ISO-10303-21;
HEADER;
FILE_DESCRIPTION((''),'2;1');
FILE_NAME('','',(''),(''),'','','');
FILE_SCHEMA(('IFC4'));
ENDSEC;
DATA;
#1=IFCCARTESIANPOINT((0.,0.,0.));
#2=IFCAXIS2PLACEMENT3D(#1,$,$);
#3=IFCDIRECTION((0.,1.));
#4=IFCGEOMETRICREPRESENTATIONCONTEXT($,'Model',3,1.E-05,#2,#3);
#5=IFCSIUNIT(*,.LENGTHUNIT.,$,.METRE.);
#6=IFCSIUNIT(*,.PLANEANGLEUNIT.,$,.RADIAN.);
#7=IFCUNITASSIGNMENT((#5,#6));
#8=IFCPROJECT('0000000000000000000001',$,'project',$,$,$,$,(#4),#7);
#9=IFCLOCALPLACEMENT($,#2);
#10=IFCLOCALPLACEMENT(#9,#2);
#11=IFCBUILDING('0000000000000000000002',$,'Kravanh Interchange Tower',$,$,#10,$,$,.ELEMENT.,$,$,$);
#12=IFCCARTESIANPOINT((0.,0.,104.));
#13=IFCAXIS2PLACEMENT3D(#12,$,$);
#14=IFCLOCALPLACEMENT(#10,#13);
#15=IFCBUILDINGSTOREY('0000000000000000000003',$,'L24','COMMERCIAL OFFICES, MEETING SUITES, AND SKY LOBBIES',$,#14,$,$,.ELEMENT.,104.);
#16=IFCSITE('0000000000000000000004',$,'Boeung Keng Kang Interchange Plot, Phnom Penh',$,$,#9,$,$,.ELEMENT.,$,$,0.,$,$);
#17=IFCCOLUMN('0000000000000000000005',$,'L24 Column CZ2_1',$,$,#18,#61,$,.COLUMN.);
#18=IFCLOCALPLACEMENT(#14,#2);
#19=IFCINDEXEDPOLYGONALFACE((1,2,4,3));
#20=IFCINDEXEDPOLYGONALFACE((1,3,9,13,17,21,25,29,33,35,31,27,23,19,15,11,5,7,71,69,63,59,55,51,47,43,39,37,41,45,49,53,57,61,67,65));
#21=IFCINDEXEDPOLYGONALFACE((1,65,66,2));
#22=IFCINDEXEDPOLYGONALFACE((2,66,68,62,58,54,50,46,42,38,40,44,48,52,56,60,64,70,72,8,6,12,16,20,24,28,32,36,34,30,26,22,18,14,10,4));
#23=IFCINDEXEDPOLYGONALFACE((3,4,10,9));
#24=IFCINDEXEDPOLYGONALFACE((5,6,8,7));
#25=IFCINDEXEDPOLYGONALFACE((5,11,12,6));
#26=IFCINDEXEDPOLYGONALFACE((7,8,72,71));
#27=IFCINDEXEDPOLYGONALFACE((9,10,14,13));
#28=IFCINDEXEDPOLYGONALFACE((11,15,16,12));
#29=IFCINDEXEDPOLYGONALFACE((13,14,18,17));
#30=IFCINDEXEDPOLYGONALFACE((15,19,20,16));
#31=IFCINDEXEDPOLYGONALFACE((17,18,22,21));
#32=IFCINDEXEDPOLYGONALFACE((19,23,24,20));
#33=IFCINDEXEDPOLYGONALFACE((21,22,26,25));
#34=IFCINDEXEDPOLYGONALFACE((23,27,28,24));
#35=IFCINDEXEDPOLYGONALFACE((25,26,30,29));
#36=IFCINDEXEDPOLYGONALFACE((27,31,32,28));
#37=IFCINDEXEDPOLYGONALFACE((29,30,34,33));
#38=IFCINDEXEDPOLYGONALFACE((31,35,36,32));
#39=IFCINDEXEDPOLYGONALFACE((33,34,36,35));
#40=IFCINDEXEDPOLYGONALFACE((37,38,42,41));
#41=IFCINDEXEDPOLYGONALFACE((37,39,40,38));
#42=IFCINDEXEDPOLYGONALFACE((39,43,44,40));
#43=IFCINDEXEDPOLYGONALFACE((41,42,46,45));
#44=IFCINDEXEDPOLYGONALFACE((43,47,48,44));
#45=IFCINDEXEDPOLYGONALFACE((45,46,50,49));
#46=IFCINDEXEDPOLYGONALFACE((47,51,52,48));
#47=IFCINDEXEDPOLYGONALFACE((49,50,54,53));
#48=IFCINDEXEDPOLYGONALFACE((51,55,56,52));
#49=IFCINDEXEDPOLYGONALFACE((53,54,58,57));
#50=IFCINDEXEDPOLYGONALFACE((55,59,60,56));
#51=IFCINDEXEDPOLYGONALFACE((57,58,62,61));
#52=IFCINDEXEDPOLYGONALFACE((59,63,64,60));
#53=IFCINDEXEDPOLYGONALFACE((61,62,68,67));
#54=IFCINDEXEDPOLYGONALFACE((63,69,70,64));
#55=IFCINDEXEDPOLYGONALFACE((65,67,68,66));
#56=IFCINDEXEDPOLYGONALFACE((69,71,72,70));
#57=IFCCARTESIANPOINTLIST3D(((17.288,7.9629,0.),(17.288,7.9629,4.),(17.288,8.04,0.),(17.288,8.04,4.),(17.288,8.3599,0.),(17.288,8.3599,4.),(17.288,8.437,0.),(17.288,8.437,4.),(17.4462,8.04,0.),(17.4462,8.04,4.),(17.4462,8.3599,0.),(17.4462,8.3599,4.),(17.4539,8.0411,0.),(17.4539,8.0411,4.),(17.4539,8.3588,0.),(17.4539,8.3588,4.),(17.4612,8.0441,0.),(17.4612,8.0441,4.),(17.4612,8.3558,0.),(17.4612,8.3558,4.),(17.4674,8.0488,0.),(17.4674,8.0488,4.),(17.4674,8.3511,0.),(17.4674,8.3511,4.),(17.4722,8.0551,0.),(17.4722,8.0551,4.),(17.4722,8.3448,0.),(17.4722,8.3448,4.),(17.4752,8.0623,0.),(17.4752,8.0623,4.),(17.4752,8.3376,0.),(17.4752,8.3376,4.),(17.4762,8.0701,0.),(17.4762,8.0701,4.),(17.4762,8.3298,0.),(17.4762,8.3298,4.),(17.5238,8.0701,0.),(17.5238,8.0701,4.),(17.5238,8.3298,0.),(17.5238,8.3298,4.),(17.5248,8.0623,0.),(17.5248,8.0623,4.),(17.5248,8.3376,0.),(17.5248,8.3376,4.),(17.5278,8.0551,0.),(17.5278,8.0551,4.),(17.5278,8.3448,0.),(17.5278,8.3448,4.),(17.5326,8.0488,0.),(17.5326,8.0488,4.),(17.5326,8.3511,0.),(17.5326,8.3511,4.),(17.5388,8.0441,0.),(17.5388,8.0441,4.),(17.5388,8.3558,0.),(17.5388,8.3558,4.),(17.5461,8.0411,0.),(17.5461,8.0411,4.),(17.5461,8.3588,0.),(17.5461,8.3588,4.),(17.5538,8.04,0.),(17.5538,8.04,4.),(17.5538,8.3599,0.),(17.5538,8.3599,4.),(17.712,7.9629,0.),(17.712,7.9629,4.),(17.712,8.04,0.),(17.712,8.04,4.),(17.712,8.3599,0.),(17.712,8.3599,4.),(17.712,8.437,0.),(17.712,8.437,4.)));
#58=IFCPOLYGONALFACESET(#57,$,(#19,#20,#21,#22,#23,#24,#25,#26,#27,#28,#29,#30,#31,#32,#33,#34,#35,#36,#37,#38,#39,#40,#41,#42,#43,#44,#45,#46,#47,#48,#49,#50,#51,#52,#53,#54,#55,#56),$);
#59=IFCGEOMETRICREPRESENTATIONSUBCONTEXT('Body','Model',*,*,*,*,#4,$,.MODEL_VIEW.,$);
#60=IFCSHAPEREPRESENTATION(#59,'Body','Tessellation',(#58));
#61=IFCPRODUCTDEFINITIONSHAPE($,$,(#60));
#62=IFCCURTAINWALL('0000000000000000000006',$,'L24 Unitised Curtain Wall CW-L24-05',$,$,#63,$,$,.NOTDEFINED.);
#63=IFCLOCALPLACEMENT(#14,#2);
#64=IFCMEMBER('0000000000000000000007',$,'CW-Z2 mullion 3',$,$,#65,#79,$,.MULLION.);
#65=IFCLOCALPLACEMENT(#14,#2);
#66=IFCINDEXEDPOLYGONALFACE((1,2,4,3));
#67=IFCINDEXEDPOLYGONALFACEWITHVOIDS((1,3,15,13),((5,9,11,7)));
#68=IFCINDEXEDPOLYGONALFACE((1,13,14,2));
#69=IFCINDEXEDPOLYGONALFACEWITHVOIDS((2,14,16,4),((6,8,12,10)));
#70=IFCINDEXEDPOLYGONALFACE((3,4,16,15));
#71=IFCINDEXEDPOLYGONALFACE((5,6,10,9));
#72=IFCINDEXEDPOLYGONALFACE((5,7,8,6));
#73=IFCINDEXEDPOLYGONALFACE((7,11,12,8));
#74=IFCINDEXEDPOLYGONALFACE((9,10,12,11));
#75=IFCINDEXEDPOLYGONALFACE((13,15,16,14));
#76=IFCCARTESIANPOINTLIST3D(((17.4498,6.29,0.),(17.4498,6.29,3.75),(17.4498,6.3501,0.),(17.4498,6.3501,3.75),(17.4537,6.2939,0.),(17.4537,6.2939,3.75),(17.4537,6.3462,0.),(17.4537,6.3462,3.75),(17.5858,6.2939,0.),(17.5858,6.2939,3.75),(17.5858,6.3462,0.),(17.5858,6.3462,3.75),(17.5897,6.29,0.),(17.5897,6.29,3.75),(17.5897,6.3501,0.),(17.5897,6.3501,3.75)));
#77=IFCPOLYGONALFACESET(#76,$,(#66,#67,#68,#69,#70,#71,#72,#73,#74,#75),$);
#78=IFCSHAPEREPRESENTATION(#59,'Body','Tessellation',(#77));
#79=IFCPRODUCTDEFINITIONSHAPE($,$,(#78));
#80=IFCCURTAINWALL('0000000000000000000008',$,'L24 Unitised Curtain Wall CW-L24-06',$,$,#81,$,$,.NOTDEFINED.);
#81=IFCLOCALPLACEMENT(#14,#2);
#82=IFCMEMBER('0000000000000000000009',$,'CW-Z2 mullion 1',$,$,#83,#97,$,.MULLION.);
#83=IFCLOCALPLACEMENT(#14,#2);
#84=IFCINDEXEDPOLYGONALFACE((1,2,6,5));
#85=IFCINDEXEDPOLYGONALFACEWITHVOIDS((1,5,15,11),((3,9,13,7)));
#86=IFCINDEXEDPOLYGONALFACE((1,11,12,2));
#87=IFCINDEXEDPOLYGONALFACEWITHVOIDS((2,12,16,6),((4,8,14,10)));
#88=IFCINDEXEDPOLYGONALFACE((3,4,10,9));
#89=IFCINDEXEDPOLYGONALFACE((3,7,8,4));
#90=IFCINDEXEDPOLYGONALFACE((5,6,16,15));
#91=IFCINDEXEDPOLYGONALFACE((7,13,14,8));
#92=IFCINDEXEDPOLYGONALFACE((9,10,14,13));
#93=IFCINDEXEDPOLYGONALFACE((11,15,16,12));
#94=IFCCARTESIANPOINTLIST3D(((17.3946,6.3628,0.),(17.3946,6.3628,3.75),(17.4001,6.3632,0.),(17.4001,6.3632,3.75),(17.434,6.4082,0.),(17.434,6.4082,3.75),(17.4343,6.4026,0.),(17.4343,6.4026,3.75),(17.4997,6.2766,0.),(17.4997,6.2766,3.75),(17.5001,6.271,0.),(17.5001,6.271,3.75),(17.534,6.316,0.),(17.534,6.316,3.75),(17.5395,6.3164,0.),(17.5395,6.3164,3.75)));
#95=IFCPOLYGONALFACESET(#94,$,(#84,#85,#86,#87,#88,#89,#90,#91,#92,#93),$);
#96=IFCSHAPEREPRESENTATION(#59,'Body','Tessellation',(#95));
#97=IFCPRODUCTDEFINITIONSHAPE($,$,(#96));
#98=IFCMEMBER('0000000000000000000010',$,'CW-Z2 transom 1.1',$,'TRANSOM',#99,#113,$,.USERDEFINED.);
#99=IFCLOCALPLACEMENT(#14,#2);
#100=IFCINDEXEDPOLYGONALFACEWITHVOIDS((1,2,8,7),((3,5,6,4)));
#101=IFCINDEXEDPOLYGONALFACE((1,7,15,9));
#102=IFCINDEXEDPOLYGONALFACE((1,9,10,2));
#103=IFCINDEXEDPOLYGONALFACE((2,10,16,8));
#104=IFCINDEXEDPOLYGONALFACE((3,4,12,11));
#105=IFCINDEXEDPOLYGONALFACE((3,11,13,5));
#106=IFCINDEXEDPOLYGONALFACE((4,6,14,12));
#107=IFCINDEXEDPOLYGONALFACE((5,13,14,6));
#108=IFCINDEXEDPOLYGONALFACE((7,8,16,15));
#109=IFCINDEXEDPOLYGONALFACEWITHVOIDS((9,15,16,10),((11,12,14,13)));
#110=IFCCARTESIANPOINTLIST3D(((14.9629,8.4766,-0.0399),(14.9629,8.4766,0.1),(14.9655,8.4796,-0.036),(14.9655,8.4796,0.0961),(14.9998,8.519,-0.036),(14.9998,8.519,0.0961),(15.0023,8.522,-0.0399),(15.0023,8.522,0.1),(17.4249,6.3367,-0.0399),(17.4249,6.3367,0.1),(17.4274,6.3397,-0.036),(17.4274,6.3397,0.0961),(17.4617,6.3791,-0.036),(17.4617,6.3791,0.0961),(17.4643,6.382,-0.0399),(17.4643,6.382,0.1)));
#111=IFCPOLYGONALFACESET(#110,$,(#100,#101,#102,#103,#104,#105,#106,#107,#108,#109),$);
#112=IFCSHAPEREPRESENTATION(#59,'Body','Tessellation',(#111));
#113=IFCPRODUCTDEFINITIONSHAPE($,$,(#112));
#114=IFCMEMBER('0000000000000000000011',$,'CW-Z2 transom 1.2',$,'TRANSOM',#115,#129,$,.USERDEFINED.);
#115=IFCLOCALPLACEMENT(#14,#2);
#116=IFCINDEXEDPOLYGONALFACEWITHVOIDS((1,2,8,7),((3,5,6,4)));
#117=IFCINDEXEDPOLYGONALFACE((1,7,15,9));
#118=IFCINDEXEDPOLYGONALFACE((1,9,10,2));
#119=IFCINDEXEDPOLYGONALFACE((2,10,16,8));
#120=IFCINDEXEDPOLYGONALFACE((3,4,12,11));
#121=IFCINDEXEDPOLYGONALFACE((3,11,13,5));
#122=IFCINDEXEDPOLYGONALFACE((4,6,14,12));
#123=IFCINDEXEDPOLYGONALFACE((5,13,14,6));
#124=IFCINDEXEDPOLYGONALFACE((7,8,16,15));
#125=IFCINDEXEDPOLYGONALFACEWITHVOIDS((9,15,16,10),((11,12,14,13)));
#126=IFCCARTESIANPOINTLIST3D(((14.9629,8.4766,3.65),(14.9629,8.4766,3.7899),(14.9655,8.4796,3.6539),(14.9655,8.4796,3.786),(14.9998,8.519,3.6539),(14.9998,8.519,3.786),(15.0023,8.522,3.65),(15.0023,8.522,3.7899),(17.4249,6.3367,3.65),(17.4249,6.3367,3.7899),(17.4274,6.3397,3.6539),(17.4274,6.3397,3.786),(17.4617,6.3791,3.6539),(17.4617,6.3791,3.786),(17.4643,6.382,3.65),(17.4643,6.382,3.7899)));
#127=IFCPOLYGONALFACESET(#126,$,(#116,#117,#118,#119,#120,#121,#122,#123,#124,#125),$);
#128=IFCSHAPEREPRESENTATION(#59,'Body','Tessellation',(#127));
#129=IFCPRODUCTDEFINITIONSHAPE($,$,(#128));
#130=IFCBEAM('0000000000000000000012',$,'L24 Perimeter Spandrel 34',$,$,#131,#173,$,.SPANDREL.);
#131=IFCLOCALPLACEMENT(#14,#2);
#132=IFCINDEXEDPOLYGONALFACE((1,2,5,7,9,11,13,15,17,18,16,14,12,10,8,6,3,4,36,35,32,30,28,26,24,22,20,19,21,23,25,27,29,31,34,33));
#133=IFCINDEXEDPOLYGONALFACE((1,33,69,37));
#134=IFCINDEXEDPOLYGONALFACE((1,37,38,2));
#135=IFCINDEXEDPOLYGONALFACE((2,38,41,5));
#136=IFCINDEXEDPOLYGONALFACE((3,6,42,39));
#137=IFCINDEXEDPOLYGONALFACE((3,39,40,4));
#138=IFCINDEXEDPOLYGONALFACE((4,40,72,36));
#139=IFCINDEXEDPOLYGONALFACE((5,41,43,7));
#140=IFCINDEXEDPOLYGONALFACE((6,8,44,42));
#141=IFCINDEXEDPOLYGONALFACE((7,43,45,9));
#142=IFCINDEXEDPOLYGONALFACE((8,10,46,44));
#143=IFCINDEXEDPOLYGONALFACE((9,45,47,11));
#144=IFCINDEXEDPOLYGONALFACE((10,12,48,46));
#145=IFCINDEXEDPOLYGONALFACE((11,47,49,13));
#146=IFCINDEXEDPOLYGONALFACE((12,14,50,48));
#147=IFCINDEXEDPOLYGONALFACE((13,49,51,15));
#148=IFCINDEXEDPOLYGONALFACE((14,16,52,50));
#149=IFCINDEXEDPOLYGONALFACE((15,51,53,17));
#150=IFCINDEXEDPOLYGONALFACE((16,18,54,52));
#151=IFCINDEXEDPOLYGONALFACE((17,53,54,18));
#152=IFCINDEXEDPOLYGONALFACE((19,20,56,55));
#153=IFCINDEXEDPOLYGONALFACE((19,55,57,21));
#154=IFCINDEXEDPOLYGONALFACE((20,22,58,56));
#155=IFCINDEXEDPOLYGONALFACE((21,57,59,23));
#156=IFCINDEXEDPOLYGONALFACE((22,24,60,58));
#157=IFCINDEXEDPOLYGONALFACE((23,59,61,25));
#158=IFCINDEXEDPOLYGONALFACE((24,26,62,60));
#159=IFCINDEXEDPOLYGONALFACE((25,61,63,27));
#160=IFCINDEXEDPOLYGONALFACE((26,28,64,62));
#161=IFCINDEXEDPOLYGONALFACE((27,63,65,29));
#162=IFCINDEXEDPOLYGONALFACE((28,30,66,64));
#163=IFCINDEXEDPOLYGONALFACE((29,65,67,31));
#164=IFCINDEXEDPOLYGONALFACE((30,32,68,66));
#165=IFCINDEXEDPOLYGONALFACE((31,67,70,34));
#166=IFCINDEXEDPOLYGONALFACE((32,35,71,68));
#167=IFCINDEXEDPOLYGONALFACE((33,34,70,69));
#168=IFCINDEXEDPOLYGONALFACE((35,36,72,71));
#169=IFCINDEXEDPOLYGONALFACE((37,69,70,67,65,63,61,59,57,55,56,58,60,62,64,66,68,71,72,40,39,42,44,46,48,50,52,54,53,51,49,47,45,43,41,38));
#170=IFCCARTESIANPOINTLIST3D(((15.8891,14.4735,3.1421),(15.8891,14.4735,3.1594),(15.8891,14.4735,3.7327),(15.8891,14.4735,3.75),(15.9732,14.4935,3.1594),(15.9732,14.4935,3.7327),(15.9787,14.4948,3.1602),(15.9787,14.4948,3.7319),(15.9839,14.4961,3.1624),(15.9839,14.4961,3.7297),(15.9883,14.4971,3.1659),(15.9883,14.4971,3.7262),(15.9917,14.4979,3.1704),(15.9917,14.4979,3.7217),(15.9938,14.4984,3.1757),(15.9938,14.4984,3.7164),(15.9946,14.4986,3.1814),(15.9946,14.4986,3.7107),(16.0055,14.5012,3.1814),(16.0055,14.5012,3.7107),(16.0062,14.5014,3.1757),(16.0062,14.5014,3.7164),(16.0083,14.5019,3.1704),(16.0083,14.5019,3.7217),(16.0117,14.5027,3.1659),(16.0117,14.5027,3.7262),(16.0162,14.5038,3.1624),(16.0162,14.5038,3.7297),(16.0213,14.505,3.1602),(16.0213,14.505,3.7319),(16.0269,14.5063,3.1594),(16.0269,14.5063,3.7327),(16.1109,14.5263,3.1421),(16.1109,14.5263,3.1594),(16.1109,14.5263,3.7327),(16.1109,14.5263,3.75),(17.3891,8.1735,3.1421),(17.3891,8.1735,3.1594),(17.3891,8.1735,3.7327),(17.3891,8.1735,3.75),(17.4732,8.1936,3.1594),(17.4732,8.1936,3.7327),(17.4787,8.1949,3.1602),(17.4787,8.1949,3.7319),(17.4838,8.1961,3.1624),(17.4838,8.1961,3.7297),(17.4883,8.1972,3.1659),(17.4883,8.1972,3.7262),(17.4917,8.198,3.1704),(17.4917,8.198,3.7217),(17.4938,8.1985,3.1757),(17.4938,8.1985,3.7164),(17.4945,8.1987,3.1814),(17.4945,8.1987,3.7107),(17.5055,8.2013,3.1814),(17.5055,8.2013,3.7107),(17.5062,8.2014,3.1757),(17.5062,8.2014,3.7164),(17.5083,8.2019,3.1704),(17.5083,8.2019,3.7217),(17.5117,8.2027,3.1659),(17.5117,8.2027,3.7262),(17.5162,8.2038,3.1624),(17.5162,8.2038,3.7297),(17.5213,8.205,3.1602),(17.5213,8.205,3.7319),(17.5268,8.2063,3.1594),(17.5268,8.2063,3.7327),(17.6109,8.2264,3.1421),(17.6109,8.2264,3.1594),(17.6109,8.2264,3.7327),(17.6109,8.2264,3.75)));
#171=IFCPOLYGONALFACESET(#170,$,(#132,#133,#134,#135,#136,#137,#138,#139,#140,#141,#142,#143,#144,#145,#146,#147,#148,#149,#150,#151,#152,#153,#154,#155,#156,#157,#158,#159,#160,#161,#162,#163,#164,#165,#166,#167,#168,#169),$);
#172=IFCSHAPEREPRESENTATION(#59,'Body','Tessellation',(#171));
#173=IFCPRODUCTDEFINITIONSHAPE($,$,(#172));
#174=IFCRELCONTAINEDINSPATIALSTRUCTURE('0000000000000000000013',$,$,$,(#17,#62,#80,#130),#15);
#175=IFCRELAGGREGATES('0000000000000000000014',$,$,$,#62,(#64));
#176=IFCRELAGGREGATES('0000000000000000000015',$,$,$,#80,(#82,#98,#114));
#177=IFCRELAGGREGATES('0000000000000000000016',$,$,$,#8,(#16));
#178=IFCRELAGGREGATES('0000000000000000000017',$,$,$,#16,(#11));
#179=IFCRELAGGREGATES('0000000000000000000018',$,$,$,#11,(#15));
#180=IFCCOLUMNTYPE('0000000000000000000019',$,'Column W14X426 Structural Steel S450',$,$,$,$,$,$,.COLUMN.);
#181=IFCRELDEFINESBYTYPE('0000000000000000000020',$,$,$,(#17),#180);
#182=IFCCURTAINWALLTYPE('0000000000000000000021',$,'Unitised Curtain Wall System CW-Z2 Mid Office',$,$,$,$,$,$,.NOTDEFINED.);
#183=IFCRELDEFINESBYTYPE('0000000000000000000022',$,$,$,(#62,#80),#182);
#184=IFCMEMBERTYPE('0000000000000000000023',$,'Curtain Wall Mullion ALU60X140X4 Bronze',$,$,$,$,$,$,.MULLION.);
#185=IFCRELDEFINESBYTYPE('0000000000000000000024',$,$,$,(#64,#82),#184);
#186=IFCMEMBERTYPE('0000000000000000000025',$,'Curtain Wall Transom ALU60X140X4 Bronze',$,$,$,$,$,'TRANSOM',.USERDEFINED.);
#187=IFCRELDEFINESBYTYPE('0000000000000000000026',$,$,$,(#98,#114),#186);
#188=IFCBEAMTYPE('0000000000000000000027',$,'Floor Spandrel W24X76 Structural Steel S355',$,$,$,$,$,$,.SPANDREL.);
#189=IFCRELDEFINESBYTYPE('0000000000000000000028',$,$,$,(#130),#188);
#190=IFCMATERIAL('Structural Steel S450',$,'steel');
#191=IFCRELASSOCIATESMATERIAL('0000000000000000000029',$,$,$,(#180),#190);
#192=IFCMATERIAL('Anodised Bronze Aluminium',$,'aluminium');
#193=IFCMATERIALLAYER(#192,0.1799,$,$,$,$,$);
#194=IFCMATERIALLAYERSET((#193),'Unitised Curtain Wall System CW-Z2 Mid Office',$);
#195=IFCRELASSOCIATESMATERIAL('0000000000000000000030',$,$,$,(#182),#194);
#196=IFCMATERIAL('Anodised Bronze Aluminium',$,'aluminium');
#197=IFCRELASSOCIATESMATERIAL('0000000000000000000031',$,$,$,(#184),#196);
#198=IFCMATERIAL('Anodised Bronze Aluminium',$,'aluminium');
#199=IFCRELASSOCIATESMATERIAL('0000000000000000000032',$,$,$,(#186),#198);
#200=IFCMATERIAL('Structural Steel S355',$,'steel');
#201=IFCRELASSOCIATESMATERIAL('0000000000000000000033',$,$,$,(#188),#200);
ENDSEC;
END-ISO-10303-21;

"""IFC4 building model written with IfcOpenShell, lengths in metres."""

from ifc_helpers import new_model, si_unit, direction, frame, origin, origin_2d, place, context, subcontext, project, spatial, hollow_rectangle, i_section, extrude, material, layer, layer_set, material_profile, profile_set, type_object, element, aggregate, save


model = new_model("IFC4")

# Units and contexts
model_context = context("Model", 3, precision=1e-05, world=origin(), true_north=direction((0.0, 1.0)))
body_context = subcontext(model_context, "Body", "Model", "MODEL_VIEW")
ifc_project = project(units=[si_unit("LENGTHUNIT", "METRE"), si_unit("PLANEANGLEUNIT", "RADIAN")], contexts=[model_context])

# Site, building, storey
site_placement = place(None, origin())
site = spatial("IfcSite", under=ifc_project, at=site_placement, Name="Boeung Keng Kang Interchange Plot, Phnom Penh", CompositionType="ELEMENT", RefElevation=0.0)
building_placement = place(site_placement, origin())
building = spatial("IfcBuilding", under=site, at=building_placement, Name="Kravanh Interchange Tower", CompositionType="ELEMENT")
storey_placement = place(building_placement, frame((0.0, 0.0, 104.0)))
storey = spatial("IfcBuildingStorey", under=building, at=storey_placement, Name="L24", Description="COMMERCIAL OFFICES, MEETING SUITES, AND SKY LOBBIES", CompositionType="ELEMENT", Elevation=104.0)

# Column
ifc_material_1 = material(Name="Structural Steel S450", Category="steel")
ifc_material_profile_1 = material_profile(ifc_material_1, i_section(OverallWidth=0.4241, OverallDepth=0.4741, WebThickness=0.0476, FlangeThickness=0.0771, FilletRadius=0.03, at=origin_2d()), Name="W14X426")
ifc_profile_set_1 = profile_set([ifc_material_profile_1], Name="Structural Steel S450")
column_type = type_object("IfcColumnType", Name="Column W14X426 Structural Steel S450", PredefinedType="COLUMN", material=ifc_profile_set_1)
column_placement = place(storey_placement, frame((17.5, 8.2, 0.0), z_axis=(0.0, 0.0, 1.0), x_axis=(1.0, 0.0, 0.0)))
element("IfcColumn", 1, at=column_placement, inside=storey, type_object=column_type, Name="L24 Column CZ2_1", PredefinedType="COLUMN", context=body_context, shape_type="SweptSolid", body=[
    extrude(i_section(OverallWidth=0.4241, OverallDepth=0.4741, WebThickness=0.0476, FlangeThickness=0.0771, FilletRadius=0.03, at=origin_2d()), origin(), (0.0, 0.0, 1.0), 4.0),
])

# Curtain wall, member
ifc_material_2 = material(Name="Anodised Bronze Aluminium", Category="aluminium")
ifc_layer_1 = layer(ifc_material_2, 0.1799)
ifc_layer_set_1 = layer_set([ifc_layer_1], Name="Unitised Curtain Wall System CW-Z2 Mid Office")
curtain_wall_type = type_object("IfcCurtainWallType", Name="Unitised Curtain Wall System CW-Z2 Mid Office", PredefinedType="NOTDEFINED", material=ifc_layer_set_1)
curtain_wall_1_placement = place(storey_placement, origin())
curtain_wall_1 = element("IfcCurtainWall", 2, at=curtain_wall_1_placement, inside=storey, type_object=curtain_wall_type, Name="L24 Unitised Curtain Wall CW-L24-05", PredefinedType="NOTDEFINED")
ifc_material_3 = material(Name="Anodised Bronze Aluminium", Category="aluminium")
ifc_material_profile_2 = material_profile(ifc_material_3, hollow_rectangle(XDim=0.0601, YDim=0.1399, WallThickness=0.0039, at=origin_2d()), Name="ALU60X140X4")
ifc_profile_set_2 = profile_set([ifc_material_profile_2], Name="Anodised Bronze Aluminium")
member_type_1 = type_object("IfcMemberType", Name="Curtain Wall Mullion ALU60X140X4 Bronze", PredefinedType="MULLION", material=ifc_profile_set_2)
member_1_placement = place(storey_placement, frame((17.5198, 6.3201, 0.0), z_axis=(0.0, 0.0, 1.0), x_axis=(0.0, -1.0, 0.0)))
member_1 = element("IfcMember", 3, at=member_1_placement, type_object=member_type_1, Name="CW-Z2 mullion 3", PredefinedType="MULLION", context=body_context, shape_type="SweptSolid", body=[
    extrude(hollow_rectangle(XDim=0.0601, YDim=0.1399, WallThickness=0.0039, at=origin_2d()), origin(), (0.0, 0.0, 1.0), 3.75),
])
aggregate(curtain_wall_1, [member_1])

# Curtain wall, members
curtain_wall_2_placement = place(storey_placement, origin())
curtain_wall_2 = element("IfcCurtainWall", 4, at=curtain_wall_2_placement, inside=storey, type_object=curtain_wall_type, Name="L24 Unitised Curtain Wall CW-L24-06", PredefinedType="NOTDEFINED")
member_2_placement = place(storey_placement, frame((17.467, 6.3396, 0.0), z_axis=(0.0, 0.0, 1.0), x_axis=(-0.656048, -0.754719, 0.0)))
member_2 = element("IfcMember", 5, at=member_2_placement, type_object=member_type_1, Name="CW-Z2 mullion 1", PredefinedType="MULLION", context=body_context, shape_type="SweptSolid", body=[
    extrude(hollow_rectangle(XDim=0.0601, YDim=0.1399, WallThickness=0.0039, at=origin_2d()), origin(), (0.0, 0.0, 1.0), 3.75),
])
ifc_material_4 = material(Name="Anodised Bronze Aluminium", Category="aluminium")
ifc_material_profile_3 = material_profile(ifc_material_4, hollow_rectangle(XDim=0.0601, YDim=0.1399, WallThickness=0.0039, at=origin_2d()), Name="ALU60X140X4")
ifc_profile_set_3 = profile_set([ifc_material_profile_3], Name="Anodised Bronze Aluminium")
member_type_2 = type_object("IfcMemberType", Name="Curtain Wall Transom ALU60X140X4 Bronze", ElementType="TRANSOM", PredefinedType="USERDEFINED", material=ifc_profile_set_3)
member_3_placement = place(storey_placement, frame((17.4446, 6.3594, 0.03), z_axis=(-0.754742, 0.656021, 0.0), x_axis=(-0.656021, -0.754742, 0.0)))
member_3 = element("IfcMember", 6, at=member_3_placement, type_object=member_type_2, Name="CW-Z2 transom 1.1", ObjectType="TRANSOM", PredefinedType="USERDEFINED", context=body_context, shape_type="SweptSolid", body=[
    extrude(hollow_rectangle(XDim=0.0601, YDim=0.1399, WallThickness=0.0039, at=origin_2d()), origin(), (0.0, 0.0, 1.0), 3.262),
])
member_4_placement = place(storey_placement, frame((17.4446, 6.3594, 3.72), z_axis=(-0.754742, 0.656021, 0.0), x_axis=(-0.656021, -0.754742, 0.0)))
member_4 = element("IfcMember", 7, at=member_4_placement, type_object=member_type_2, Name="CW-Z2 transom 1.2", ObjectType="TRANSOM", PredefinedType="USERDEFINED", context=body_context, shape_type="SweptSolid", body=[
    extrude(hollow_rectangle(XDim=0.0601, YDim=0.1399, WallThickness=0.0039, at=origin_2d()), origin(), (0.0, 0.0, 1.0), 3.262),
])

# Beam
ifc_material_5 = material(Name="Structural Steel S355", Category="steel")
ifc_material_profile_4 = material_profile(ifc_material_5, i_section(OverallWidth=0.228, OverallDepth=0.6079, WebThickness=0.0112, FlangeThickness=0.0173, FilletRadius=0.022, at=origin_2d()), Name="W24X76")
ifc_profile_set_4 = profile_set([ifc_material_profile_4], Name="Structural Steel S355")
beam_type = type_object("IfcBeamType", Name="Floor Spandrel W24X76 Structural Steel S355", PredefinedType="SPANDREL", material=ifc_profile_set_4)
beam_1_placement = place(storey_placement, frame((17.5, 8.2, 3.446), z_axis=(-0.231619, 0.972807, 0.0), x_axis=(-0.972807, -0.231619, 0.0)))
element("IfcBeam", 8, at=beam_1_placement, inside=storey, type_object=beam_type, Name="L24 Perimeter Spandrel 34", PredefinedType="SPANDREL", context=body_context, shape_type="SweptSolid", body=[
    extrude(i_section(OverallWidth=0.228, OverallDepth=0.6079, WebThickness=0.0112, FlangeThickness=0.0173, FilletRadius=0.022, at=origin_2d()), origin(), (0.0, 0.0, 1.0), 6.4761),
])

aggregate(curtain_wall_2, [member_2, member_3, member_4])

save(model, "model.ifc")
